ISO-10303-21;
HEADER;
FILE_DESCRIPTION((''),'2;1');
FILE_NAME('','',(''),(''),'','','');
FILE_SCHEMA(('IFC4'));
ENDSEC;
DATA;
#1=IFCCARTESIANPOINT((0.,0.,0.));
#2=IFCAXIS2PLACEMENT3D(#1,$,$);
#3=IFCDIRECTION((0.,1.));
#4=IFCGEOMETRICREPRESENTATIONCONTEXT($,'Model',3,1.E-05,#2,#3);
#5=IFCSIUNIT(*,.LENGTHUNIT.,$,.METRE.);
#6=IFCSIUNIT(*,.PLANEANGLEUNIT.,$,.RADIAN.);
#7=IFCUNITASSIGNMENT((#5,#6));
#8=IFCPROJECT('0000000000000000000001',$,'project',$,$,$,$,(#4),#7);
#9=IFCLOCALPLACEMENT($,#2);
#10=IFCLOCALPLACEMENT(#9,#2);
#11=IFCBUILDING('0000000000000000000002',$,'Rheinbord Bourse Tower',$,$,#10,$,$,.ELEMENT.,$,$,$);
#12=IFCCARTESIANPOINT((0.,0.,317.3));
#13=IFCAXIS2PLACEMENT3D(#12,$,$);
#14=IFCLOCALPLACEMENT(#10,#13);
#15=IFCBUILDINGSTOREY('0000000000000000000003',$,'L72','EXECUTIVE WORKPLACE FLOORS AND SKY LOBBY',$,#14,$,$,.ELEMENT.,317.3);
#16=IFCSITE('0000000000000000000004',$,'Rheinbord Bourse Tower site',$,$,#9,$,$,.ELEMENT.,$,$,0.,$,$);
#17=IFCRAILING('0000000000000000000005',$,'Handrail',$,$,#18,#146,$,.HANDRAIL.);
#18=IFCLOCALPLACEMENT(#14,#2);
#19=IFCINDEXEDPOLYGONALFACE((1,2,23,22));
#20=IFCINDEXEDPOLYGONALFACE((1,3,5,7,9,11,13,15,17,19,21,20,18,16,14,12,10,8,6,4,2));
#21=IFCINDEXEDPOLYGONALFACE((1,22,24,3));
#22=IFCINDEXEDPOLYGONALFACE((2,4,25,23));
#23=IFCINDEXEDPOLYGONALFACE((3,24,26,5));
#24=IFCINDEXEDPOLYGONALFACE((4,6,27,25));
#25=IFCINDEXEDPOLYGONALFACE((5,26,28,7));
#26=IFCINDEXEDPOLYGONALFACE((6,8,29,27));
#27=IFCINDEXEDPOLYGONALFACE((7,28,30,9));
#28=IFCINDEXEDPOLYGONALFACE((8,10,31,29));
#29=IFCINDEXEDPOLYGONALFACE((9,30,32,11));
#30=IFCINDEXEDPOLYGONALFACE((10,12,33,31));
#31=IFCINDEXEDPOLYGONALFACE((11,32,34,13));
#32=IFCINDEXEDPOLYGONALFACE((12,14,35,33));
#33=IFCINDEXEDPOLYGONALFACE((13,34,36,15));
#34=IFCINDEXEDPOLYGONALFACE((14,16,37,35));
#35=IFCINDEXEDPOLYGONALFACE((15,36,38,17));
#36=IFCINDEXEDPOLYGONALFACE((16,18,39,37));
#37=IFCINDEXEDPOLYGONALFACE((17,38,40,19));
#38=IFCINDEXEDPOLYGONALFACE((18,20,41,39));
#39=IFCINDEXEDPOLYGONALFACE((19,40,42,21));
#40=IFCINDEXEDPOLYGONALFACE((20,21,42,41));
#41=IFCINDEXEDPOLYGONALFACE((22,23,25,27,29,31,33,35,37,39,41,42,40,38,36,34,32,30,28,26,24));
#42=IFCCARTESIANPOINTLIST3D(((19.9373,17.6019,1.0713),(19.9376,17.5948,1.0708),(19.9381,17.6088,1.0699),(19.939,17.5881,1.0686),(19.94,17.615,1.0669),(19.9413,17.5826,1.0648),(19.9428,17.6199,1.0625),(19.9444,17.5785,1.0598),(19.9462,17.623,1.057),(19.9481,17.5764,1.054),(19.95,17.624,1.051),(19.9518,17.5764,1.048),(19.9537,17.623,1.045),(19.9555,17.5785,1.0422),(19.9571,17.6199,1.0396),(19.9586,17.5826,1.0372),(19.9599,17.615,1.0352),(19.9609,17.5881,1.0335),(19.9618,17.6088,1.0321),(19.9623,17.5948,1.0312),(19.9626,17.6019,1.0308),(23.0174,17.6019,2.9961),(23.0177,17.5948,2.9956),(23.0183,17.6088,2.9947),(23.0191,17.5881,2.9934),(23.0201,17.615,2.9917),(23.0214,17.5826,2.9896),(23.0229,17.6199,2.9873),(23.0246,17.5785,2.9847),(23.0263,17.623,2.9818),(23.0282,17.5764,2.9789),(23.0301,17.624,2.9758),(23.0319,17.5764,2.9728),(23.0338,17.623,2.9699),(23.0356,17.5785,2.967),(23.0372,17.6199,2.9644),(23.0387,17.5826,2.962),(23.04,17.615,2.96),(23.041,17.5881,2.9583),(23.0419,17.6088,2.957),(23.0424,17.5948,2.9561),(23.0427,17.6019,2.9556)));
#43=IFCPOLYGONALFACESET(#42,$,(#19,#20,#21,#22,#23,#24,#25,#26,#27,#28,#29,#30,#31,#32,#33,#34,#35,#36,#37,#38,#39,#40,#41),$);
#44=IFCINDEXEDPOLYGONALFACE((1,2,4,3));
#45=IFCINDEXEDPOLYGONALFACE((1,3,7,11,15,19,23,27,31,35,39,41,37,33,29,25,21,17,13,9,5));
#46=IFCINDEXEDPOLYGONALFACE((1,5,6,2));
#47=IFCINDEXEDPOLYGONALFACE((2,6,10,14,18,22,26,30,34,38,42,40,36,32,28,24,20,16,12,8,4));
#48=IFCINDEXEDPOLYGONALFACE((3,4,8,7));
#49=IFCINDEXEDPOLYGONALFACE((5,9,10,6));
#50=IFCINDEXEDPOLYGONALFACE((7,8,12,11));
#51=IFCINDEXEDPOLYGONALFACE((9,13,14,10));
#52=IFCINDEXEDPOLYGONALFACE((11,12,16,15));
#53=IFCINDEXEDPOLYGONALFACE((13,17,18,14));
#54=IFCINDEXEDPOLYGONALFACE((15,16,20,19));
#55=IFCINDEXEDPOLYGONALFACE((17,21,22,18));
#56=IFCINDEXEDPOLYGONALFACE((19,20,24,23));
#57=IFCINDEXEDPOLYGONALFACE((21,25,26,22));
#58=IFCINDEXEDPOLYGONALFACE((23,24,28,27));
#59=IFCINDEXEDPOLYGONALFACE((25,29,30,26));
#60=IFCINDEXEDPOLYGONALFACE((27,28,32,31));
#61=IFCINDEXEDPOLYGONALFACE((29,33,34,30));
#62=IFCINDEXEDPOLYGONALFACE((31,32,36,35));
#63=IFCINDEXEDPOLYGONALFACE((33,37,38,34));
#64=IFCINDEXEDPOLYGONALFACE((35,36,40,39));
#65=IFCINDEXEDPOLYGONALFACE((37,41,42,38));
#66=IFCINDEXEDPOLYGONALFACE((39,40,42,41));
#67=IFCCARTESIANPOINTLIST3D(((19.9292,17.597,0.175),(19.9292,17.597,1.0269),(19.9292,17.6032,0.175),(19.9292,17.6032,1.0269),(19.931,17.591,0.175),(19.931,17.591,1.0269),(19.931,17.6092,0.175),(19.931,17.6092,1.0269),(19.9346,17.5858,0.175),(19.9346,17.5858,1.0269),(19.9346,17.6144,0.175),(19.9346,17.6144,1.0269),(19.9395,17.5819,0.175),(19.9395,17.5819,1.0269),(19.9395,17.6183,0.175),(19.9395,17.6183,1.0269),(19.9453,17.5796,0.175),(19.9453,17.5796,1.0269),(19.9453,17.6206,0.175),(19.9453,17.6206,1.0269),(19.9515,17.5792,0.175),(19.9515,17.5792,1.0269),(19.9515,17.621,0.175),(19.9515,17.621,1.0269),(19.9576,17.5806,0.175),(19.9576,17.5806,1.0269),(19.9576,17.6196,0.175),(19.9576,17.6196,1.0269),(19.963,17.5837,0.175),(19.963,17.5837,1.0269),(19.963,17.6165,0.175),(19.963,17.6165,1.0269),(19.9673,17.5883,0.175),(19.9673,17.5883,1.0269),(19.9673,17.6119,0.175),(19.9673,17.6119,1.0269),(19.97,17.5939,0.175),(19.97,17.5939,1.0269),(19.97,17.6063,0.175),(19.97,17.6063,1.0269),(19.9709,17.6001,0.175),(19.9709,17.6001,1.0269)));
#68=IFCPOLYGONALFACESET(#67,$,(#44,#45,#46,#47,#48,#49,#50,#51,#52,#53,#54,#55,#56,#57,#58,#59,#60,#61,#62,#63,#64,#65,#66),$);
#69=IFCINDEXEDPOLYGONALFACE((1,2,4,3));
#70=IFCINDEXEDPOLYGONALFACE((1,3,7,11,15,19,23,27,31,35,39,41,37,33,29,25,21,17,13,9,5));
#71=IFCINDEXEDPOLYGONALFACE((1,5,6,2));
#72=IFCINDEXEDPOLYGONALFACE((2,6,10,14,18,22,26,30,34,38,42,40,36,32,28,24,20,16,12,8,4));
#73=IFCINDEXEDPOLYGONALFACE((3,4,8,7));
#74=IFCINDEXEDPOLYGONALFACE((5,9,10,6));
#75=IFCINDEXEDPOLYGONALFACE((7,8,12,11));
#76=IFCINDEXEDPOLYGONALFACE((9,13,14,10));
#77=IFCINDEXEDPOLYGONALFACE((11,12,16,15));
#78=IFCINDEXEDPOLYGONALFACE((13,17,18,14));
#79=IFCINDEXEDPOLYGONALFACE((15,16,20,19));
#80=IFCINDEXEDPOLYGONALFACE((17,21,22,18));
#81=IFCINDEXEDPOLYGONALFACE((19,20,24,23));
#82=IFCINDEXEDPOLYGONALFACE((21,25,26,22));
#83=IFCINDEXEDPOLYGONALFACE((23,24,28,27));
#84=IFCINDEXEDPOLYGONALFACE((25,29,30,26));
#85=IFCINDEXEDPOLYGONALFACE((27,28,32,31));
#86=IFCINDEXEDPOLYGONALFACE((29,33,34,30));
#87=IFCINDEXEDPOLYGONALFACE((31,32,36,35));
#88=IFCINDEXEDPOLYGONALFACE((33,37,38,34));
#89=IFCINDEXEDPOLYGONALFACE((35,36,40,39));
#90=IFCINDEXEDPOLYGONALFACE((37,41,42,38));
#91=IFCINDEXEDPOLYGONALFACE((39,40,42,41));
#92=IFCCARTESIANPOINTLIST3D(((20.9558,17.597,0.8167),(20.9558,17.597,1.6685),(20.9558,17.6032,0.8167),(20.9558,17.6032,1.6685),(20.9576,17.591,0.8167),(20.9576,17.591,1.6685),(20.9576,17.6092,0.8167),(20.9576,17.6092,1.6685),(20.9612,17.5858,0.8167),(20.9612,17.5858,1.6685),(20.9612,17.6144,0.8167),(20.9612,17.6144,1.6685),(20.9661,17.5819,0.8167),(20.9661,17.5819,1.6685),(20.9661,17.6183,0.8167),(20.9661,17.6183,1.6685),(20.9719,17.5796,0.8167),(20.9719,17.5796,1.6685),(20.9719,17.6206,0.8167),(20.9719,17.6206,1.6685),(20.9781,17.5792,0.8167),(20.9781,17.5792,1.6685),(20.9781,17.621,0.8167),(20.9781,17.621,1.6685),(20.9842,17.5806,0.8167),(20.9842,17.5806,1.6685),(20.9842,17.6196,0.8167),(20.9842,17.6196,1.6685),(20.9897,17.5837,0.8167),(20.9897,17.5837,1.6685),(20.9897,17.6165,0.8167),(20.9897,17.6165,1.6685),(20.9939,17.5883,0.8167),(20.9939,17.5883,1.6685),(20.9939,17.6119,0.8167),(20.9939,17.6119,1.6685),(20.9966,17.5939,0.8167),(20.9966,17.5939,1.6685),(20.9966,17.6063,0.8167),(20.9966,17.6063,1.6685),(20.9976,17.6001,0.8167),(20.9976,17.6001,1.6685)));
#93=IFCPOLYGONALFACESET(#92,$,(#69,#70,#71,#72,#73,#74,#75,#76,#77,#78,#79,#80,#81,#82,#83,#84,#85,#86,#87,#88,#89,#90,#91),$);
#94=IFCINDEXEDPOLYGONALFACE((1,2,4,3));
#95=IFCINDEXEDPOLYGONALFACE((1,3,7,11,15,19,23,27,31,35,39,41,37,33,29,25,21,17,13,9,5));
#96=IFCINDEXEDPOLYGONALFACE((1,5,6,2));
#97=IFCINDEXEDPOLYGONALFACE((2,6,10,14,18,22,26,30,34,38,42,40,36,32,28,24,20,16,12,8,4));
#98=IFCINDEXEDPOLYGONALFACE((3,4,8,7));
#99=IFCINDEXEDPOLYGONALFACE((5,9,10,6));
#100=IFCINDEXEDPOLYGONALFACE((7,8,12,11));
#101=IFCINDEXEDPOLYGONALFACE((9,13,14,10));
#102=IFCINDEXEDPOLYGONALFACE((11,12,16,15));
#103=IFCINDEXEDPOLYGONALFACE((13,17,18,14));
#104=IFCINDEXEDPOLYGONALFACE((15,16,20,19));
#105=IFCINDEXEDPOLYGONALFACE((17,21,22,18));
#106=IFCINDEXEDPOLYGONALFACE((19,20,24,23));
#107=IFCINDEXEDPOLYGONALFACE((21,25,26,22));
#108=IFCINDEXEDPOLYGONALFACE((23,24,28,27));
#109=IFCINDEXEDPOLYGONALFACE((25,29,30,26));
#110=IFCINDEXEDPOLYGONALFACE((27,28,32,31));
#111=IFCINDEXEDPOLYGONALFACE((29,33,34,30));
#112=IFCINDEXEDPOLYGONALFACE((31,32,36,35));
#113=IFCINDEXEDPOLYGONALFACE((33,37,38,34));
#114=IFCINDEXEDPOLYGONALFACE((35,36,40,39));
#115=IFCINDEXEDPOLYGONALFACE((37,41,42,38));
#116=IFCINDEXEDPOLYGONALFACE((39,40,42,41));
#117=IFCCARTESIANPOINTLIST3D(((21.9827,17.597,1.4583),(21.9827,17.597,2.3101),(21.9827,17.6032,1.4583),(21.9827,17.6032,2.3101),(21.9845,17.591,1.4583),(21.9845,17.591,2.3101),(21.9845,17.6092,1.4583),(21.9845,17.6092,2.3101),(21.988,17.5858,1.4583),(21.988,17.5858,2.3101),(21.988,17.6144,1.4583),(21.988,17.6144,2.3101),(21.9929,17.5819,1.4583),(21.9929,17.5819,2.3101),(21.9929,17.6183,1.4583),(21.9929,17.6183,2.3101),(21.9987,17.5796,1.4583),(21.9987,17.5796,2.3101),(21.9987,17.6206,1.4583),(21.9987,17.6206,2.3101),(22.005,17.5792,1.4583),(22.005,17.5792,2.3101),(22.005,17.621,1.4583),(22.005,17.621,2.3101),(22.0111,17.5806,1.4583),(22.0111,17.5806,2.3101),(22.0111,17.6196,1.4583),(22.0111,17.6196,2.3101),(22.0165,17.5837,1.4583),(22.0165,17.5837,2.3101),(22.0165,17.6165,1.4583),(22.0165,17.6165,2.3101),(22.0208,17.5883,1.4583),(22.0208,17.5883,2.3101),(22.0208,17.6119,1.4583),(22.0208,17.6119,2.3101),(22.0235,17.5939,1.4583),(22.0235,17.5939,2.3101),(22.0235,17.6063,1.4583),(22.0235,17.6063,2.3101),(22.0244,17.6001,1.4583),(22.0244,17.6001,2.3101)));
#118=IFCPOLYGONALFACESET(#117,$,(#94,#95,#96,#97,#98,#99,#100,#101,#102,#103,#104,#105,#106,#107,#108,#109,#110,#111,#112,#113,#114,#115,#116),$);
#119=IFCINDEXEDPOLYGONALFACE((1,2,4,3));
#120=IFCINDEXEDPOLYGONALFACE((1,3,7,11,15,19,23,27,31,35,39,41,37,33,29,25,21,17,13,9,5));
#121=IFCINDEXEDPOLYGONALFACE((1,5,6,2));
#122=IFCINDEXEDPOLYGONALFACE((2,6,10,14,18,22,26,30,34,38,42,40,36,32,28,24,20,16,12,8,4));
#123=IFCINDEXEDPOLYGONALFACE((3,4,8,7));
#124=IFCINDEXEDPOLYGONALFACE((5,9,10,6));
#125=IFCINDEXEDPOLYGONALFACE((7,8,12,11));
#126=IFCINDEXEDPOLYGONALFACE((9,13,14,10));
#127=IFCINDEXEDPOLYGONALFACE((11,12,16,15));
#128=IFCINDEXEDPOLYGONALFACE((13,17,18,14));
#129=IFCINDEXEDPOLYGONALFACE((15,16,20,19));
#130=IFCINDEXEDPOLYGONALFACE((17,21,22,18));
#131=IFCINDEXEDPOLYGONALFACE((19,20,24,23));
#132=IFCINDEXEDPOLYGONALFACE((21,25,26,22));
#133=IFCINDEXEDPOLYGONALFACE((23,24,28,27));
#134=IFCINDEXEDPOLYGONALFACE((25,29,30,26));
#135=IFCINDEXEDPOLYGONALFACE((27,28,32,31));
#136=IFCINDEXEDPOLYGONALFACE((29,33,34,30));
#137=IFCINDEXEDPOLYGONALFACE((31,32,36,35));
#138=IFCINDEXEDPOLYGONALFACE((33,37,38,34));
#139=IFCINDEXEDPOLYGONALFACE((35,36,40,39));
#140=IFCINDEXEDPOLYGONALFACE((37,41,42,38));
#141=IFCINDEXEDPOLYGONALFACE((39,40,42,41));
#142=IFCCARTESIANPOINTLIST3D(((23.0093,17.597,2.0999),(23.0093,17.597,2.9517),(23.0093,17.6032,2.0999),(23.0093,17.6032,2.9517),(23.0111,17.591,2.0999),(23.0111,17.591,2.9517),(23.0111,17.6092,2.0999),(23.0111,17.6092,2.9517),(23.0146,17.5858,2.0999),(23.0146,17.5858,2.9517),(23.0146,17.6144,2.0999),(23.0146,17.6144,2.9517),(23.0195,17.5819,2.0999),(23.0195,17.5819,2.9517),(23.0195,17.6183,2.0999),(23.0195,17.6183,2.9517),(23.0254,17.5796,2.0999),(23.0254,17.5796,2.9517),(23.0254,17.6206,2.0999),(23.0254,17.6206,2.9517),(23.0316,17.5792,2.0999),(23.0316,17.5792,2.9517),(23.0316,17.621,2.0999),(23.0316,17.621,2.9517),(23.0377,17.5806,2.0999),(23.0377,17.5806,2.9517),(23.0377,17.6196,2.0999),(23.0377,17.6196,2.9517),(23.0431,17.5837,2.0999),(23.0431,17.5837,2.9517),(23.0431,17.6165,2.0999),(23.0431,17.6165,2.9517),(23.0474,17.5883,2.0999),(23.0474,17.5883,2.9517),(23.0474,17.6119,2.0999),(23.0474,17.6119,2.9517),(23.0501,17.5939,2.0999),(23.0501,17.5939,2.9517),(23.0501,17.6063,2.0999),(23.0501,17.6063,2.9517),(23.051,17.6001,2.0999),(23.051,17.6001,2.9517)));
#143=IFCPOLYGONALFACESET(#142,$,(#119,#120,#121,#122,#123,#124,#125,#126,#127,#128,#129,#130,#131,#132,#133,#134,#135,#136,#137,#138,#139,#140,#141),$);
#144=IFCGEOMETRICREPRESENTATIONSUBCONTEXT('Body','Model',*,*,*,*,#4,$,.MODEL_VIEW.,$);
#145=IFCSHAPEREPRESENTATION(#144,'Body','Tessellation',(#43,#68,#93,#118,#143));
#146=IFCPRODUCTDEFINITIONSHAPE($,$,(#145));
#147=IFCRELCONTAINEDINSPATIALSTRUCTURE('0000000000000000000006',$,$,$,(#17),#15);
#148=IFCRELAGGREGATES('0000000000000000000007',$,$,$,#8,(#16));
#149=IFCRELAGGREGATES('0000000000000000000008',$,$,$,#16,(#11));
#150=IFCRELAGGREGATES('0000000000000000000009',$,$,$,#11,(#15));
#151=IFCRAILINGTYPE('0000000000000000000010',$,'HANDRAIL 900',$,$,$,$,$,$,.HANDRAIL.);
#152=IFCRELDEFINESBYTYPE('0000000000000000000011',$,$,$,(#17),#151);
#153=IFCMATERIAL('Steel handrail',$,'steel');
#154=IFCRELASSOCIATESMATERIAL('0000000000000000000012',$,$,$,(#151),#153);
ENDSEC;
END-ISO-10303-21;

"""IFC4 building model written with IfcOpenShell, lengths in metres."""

from ifc_helpers import new_model, si_unit, direction, frame, origin, origin_2d, place, context, subcontext, project, spatial, circle, extrude, material, type_object, element, save


model = new_model("IFC4")

# Units and contexts
model_context = context("Model", 3, precision=1e-05, world=origin(), true_north=direction((0.0, 1.0)))
body_context = subcontext(model_context, "Body", "Model", "MODEL_VIEW")
ifc_project = project(units=[si_unit("LENGTHUNIT", "METRE"), si_unit("PLANEANGLEUNIT", "RADIAN")], contexts=[model_context])

# Site, building, storey
site_placement = place(None, origin())
site = spatial("IfcSite", under=ifc_project, at=site_placement, Name="Rheinbord Bourse Tower site", CompositionType="ELEMENT", RefElevation=0.0)
building_placement = place(site_placement, origin())
building = spatial("IfcBuilding", under=site, at=building_placement, Name="Rheinbord Bourse Tower", CompositionType="ELEMENT")
storey_placement = place(building_placement, frame((0.0, 0.0, 317.3)))
storey = spatial("IfcBuildingStorey", under=building, at=storey_placement, Name="L72", Description="EXECUTIVE WORKPLACE FLOORS AND SKY LOBBY", CompositionType="ELEMENT", Elevation=317.3)

# Railing
ifc_material_1 = material(Name="Steel handrail", Category="steel")
railing_type = type_object("IfcRailingType", Name="HANDRAIL 900", PredefinedType="HANDRAIL", material=ifc_material_1)
railing_1_placement = place(storey_placement, frame((19.95, 17.6001, 0.175)))
element("IfcRailing", 1, at=railing_1_placement, inside=storey, type_object=railing_type, Name="Handrail", PredefinedType="HANDRAIL", context=body_context, shape_type="SweptSolid", body=[
    extrude(circle(Radius=0.0239, at=origin_2d()), frame((0.0, 0.0, 0.876), z_axis=(0.848029, 0.0, 0.529951), x_axis=(0.0, 1.0, 0.0)), (0.0, 0.0, 1.0), 3.6321),
    extrude(circle(Radius=0.021, at=origin_2d()), origin(), (0.0, 0.0, 1.0), 0.8518),
    extrude(circle(Radius=0.021, at=origin_2d()), frame((1.0266, 0.0, 0.6416)), (0.0, 0.0, 1.0), 0.8518),
    extrude(circle(Radius=0.021, at=origin_2d()), frame((2.0535, 0.0, 1.2832)), (0.0, 0.0, 1.0), 0.8518),
    extrude(circle(Radius=0.021, at=origin_2d()), frame((3.0801, 0.0, 1.9248)), (0.0, 0.0, 1.0), 0.8518),
])

save(model, "model.ifc")
